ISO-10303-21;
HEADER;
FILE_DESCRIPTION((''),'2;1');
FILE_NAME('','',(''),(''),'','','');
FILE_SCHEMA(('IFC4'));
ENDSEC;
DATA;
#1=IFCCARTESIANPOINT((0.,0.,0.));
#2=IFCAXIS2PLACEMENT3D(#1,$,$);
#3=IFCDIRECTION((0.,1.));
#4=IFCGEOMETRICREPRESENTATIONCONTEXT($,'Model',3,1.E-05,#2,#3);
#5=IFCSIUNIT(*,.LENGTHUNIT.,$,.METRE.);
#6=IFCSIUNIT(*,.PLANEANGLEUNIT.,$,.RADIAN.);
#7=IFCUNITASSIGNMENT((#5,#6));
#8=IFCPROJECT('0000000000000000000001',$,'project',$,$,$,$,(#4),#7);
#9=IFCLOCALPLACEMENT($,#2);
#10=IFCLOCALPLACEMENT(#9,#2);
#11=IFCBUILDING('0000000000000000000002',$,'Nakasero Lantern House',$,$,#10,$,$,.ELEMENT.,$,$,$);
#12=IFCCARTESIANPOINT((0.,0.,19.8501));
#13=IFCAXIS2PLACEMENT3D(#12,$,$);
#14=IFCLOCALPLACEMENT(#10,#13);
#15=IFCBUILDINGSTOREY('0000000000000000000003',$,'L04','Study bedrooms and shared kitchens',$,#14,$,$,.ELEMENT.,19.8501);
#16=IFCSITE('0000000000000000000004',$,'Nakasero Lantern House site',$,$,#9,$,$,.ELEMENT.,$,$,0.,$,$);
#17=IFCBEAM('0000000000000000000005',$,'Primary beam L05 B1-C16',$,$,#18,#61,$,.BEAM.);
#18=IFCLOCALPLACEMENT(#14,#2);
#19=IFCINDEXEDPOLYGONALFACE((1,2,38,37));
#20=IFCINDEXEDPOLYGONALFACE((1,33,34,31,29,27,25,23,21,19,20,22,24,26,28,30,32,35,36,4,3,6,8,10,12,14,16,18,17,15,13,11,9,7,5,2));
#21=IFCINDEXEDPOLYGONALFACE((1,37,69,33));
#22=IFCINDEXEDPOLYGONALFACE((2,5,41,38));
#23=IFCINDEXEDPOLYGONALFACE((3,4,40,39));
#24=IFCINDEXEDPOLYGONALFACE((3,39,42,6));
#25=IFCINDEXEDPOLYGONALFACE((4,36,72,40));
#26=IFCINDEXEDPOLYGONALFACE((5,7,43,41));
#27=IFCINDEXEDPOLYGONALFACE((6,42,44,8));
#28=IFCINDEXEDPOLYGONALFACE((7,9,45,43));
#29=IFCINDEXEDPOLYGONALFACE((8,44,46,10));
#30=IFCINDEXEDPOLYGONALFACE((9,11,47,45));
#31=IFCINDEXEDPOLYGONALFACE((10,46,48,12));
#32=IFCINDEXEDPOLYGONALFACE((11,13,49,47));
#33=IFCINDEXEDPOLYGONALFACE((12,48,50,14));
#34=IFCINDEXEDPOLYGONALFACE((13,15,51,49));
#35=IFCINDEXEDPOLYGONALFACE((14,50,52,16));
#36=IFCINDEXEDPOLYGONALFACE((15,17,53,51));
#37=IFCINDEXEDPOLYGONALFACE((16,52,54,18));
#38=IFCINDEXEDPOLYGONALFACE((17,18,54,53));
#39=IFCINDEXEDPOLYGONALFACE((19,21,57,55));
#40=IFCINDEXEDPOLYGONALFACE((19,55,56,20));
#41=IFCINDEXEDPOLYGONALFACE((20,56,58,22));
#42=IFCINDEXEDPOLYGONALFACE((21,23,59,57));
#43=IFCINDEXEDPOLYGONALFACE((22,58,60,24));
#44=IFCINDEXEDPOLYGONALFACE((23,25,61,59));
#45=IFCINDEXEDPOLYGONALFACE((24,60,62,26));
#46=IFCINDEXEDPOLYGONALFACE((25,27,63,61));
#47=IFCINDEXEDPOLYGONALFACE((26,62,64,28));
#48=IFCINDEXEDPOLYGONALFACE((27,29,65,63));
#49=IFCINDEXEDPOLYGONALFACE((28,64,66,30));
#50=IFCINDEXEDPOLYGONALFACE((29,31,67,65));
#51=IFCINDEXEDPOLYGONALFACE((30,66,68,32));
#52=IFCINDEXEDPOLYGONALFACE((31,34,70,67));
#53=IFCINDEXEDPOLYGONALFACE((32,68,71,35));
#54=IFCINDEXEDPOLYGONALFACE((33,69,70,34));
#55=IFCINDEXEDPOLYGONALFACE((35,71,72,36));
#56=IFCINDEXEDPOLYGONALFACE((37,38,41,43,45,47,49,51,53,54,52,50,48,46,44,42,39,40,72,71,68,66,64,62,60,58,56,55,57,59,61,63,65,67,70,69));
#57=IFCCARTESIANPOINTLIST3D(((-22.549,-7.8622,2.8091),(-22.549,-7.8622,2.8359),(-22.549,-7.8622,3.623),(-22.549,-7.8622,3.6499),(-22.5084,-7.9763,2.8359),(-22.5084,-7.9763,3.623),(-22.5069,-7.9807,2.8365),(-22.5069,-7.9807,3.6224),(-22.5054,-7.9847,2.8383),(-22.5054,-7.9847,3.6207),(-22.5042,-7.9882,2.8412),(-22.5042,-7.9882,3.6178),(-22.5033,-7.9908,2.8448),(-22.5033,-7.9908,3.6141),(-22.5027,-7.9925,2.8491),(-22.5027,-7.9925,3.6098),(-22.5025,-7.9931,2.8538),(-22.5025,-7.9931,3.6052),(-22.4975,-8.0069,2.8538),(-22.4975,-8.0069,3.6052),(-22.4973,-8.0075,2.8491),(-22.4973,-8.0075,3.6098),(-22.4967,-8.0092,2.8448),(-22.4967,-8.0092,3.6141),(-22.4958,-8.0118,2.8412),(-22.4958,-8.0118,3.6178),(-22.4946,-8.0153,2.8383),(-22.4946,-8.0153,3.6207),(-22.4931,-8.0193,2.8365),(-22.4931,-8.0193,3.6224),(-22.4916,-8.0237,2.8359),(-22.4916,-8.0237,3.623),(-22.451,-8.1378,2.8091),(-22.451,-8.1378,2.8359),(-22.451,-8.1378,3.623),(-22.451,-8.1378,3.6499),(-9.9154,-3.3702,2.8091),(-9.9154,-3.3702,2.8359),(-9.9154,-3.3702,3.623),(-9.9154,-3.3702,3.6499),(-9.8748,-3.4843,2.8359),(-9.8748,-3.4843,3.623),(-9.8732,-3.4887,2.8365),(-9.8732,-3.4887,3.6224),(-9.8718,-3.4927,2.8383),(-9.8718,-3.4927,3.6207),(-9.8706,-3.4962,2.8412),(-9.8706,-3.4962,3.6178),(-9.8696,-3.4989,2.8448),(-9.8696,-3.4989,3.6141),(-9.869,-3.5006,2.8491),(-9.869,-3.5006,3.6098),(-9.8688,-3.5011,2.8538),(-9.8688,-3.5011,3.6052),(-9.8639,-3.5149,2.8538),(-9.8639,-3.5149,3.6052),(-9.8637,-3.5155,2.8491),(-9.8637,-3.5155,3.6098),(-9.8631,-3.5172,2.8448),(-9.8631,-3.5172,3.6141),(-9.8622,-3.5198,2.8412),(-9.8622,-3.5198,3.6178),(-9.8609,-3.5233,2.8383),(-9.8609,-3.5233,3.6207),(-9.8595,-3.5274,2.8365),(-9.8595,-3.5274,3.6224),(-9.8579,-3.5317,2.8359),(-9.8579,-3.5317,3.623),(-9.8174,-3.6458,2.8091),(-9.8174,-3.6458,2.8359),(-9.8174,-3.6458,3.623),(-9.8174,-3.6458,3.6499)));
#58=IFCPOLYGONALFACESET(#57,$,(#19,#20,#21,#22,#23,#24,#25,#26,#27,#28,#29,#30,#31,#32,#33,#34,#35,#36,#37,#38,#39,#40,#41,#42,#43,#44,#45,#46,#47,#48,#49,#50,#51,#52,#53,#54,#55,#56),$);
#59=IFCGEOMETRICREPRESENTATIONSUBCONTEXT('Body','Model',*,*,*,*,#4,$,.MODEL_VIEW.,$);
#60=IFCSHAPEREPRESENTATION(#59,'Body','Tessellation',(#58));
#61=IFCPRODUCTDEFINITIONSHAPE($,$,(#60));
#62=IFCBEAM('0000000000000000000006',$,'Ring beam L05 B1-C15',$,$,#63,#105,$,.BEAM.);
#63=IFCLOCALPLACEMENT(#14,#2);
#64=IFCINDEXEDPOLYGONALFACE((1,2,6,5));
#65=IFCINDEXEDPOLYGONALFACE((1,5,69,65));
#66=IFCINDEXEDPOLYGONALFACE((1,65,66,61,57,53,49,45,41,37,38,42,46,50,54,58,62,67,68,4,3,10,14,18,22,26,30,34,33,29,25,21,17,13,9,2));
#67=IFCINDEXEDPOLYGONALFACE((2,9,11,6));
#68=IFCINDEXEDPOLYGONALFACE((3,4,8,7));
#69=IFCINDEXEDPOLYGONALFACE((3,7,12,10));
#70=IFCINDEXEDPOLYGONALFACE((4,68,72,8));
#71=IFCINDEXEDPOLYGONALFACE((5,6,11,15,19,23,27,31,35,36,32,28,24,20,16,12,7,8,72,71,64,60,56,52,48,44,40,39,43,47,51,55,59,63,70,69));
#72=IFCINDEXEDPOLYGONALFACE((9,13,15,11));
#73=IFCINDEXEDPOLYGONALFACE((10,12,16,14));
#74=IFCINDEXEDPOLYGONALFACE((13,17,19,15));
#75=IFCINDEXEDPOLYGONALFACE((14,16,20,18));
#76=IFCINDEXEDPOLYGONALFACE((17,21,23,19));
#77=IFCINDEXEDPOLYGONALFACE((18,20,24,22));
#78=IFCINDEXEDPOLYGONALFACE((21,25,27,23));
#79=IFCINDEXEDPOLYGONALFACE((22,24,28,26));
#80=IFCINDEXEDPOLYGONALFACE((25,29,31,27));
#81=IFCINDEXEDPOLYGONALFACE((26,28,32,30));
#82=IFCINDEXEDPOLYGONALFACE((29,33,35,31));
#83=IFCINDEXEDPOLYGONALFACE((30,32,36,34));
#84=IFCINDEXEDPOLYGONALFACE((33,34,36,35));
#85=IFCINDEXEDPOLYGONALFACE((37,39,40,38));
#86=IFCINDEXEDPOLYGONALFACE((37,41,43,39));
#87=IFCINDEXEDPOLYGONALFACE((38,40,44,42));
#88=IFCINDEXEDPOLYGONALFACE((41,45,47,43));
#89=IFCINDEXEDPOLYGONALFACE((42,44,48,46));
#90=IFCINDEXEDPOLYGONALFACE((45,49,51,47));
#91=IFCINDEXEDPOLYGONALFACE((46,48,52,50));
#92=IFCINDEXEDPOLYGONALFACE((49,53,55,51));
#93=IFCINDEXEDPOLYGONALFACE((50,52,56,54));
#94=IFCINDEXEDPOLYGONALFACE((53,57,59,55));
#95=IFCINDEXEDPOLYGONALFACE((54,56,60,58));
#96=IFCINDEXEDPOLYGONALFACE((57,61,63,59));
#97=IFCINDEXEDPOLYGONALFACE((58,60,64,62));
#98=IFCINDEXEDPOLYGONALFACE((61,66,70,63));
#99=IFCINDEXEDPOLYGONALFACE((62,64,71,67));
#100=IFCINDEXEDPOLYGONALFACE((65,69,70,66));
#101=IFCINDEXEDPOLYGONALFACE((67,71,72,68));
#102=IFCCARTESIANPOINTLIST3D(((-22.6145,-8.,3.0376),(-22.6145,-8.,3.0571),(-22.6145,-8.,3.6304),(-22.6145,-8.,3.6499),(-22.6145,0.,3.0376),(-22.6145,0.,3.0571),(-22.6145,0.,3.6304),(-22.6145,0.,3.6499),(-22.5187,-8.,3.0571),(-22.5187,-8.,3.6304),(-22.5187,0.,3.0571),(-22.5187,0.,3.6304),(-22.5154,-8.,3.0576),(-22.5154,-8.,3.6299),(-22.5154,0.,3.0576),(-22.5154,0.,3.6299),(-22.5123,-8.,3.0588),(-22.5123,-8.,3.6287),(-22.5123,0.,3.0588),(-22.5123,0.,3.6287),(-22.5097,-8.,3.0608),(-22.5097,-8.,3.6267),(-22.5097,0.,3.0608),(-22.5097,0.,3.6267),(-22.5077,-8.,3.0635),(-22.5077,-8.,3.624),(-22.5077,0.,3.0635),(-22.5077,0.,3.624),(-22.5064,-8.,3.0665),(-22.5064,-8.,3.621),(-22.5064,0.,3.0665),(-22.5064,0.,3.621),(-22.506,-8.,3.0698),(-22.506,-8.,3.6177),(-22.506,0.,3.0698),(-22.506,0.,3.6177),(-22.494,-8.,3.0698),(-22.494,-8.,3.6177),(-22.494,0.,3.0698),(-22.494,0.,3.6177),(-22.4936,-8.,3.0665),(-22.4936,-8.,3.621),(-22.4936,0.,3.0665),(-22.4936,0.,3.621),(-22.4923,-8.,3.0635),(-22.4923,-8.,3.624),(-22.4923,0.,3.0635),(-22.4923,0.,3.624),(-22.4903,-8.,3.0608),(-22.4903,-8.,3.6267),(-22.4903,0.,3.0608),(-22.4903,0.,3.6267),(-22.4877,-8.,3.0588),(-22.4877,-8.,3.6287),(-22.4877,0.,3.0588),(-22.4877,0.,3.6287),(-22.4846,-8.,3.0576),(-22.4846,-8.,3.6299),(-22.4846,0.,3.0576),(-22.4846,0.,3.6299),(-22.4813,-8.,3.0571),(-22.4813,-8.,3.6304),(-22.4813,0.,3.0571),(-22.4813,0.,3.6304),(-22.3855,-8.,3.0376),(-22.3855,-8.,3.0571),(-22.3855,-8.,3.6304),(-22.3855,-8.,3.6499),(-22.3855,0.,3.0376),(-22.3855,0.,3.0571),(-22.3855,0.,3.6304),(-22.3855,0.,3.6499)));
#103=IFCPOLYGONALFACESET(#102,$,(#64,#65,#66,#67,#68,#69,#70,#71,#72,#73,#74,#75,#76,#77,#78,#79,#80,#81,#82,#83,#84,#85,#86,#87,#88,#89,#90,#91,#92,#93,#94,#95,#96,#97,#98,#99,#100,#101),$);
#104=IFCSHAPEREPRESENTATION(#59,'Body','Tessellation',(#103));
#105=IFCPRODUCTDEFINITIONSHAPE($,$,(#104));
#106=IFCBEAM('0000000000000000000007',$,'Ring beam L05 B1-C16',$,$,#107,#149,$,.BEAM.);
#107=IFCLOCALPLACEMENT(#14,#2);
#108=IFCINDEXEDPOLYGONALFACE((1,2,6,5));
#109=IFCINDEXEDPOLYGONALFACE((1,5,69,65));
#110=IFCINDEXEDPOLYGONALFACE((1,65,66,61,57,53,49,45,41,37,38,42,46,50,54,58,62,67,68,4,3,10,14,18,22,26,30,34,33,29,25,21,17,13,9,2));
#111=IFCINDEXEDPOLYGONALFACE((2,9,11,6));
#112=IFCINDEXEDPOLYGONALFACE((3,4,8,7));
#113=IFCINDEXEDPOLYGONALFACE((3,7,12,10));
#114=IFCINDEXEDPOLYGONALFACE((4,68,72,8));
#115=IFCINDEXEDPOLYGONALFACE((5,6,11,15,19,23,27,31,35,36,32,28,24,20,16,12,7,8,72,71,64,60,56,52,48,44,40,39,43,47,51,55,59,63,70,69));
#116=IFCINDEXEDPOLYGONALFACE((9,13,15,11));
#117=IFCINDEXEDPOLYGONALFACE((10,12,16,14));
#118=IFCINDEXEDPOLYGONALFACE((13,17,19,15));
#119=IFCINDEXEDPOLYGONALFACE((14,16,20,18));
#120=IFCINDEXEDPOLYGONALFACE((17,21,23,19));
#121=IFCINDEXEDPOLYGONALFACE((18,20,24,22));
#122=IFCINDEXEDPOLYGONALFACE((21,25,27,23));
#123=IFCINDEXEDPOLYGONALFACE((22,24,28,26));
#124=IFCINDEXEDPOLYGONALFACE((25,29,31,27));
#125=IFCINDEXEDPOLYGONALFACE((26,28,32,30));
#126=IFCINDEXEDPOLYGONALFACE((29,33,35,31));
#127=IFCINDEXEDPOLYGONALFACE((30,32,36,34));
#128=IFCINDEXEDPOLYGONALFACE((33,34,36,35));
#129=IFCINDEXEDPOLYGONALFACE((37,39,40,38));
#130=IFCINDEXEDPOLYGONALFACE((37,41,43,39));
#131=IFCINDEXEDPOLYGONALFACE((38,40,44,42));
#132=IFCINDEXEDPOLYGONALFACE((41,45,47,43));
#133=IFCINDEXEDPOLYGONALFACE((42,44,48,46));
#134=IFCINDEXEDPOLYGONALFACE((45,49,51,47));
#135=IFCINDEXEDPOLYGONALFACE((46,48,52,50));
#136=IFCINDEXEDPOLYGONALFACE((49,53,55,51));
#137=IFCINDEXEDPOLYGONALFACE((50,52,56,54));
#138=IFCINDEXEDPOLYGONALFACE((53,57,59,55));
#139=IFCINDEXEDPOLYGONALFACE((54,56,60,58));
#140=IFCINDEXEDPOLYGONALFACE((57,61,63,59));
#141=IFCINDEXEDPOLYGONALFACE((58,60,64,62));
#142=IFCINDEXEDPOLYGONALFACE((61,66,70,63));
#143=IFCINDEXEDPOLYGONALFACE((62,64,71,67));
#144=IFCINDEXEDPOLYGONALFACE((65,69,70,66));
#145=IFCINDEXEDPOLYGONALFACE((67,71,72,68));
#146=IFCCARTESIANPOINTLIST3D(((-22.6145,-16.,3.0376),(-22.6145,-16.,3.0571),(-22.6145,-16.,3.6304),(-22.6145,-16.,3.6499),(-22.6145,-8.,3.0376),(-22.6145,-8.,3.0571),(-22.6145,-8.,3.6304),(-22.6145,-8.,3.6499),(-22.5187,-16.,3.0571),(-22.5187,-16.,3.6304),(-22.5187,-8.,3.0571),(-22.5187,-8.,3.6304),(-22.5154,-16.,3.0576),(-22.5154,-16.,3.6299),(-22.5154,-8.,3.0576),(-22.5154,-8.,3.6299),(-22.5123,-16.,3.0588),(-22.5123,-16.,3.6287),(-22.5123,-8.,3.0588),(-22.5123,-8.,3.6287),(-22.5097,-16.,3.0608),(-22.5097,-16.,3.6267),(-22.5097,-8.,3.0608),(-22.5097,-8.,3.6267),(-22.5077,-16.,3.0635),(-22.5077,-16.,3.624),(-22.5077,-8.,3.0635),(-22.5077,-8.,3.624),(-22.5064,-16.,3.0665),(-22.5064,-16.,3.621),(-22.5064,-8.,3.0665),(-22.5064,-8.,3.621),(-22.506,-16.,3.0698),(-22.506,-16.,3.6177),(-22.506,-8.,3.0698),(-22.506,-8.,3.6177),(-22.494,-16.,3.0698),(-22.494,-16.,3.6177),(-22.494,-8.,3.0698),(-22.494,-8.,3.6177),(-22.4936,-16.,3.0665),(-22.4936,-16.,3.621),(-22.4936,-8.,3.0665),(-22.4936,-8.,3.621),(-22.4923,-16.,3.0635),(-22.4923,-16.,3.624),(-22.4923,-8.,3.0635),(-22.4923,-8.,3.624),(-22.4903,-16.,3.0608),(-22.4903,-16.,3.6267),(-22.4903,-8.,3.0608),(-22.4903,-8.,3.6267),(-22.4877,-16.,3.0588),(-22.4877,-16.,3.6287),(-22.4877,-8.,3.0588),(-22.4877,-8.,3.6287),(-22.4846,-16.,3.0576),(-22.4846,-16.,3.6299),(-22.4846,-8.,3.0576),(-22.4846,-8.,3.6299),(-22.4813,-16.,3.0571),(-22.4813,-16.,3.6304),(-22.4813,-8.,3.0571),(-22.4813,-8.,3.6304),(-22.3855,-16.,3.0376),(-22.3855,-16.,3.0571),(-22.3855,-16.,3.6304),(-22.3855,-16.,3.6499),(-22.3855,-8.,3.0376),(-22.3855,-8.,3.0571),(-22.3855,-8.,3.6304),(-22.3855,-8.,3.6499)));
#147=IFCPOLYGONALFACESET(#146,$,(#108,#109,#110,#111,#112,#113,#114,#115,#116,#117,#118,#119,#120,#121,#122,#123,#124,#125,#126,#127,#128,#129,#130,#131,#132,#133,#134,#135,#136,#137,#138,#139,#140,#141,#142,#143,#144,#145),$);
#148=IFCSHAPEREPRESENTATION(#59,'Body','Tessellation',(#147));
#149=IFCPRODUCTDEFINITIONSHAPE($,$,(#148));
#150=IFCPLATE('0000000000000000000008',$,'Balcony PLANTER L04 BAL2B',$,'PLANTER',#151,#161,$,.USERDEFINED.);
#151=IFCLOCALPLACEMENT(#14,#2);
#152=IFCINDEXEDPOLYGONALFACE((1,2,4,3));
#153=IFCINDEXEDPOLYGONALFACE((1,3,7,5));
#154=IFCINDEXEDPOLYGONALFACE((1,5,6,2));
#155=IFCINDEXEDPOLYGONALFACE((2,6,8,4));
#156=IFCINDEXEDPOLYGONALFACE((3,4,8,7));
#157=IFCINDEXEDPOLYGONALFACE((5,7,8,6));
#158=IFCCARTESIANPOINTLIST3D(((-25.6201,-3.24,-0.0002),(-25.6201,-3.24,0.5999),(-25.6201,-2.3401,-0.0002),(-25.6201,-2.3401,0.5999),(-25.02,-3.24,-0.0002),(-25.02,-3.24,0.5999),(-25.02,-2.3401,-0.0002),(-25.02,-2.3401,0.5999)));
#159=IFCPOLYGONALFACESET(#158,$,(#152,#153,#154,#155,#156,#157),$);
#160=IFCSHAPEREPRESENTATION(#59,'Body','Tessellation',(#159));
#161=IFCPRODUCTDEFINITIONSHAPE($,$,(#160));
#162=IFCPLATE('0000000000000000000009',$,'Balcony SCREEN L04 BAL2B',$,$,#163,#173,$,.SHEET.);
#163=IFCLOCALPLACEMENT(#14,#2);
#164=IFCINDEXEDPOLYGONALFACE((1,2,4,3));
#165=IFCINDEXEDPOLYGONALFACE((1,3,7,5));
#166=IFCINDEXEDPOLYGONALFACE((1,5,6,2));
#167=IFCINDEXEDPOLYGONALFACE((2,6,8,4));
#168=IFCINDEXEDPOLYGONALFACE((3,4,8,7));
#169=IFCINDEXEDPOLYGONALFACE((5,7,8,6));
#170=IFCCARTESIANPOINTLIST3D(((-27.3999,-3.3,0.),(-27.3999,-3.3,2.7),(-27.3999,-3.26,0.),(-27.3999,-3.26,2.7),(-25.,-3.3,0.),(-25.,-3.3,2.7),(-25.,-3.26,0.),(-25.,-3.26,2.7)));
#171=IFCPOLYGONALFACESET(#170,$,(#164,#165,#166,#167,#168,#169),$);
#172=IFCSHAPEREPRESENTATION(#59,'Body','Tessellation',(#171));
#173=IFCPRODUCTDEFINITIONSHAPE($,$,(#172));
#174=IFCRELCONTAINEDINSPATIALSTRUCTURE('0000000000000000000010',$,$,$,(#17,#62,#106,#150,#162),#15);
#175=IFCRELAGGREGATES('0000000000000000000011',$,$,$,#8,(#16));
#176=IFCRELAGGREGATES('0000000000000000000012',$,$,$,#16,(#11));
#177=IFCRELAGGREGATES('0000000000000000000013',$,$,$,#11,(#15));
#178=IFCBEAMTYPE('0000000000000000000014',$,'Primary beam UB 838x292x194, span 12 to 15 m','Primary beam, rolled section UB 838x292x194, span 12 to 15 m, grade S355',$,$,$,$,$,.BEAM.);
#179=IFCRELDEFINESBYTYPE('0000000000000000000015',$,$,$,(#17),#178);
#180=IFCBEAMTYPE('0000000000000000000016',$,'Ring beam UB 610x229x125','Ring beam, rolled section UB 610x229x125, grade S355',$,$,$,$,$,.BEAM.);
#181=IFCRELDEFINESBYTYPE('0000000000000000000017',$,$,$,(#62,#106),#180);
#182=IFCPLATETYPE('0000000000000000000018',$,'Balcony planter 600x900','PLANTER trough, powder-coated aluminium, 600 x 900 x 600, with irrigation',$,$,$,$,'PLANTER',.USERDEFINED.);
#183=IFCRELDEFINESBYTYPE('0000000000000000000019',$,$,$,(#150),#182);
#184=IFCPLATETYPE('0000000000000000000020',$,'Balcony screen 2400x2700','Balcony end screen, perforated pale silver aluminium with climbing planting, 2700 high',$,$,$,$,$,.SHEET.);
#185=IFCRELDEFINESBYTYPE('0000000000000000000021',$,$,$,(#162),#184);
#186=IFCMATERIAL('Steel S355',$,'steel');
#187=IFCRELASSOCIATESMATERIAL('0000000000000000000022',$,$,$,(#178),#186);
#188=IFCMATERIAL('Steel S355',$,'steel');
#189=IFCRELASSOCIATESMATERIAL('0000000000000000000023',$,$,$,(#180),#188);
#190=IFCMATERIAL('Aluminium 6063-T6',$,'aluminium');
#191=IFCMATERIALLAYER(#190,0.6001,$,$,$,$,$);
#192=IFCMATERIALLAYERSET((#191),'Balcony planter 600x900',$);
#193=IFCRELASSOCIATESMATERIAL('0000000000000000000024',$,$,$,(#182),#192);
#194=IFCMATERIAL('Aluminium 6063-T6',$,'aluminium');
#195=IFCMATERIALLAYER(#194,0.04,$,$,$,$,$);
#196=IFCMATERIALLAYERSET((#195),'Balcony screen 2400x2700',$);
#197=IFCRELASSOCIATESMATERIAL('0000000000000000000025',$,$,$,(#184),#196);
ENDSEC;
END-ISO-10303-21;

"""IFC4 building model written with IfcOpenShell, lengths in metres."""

from ifc_helpers import new_model, si_unit, direction, frame, origin, origin_2d, place, context, subcontext, project, spatial, rectangle, i_section, extrude, material, layer, layer_set, material_profile, profile_set, type_object, element, save


model = new_model("IFC4")

# Units and contexts
model_context = context("Model", 3, precision=1e-05, world=origin(), true_north=direction((0.0, 1.0)))
body_context = subcontext(model_context, "Body", "Model", "MODEL_VIEW")
ifc_project = project(units=[si_unit("LENGTHUNIT", "METRE"), si_unit("PLANEANGLEUNIT", "RADIAN")], contexts=[model_context])

# Site, building, storey
site_placement = place(None, origin())
site = spatial("IfcSite", under=ifc_project, at=site_placement, Name="Nakasero Lantern House site", CompositionType="ELEMENT", RefElevation=0.0)
building_placement = place(site_placement, origin())
building = spatial("IfcBuilding", under=site, at=building_placement, Name="Nakasero Lantern House", CompositionType="ELEMENT")
storey_placement = place(building_placement, frame((0.0, 0.0, 19.8501)))
storey = spatial("IfcBuildingStorey", under=building, at=storey_placement, Name="L04", Description="Study bedrooms and shared kitchens", CompositionType="ELEMENT", Elevation=19.8501)

# Beams
ifc_material_1 = material(Name="Steel S355", Category="steel")
ifc_material_profile_1 = material_profile(ifc_material_1, i_section(OverallWidth=0.2925, OverallDepth=0.8408, WebThickness=0.0146, FlangeThickness=0.0269, FilletRadius=0.0178, at=origin_2d()), Name="UB 838x292x194")
ifc_profile_set_1 = profile_set([ifc_material_profile_1], Name="Steel S355")
beam_type_1 = type_object("IfcBeamType", Name="Primary beam UB 838x292x194, span 12 to 15 m", Description="Primary beam, rolled section UB 838x292x194, span 12 to 15 m, grade S355", PredefinedType="BEAM", material=ifc_profile_set_1)
beam_1_placement = place(storey_placement, frame((-22.5, -8.0, 3.2295), z_axis=(0.942214, 0.335011, 0.0), x_axis=(-0.335011, 0.942214, 0.0)))
element("IfcBeam", 1, at=beam_1_placement, inside=storey, type_object=beam_type_1, Name="Primary beam L05 B1-C16", PredefinedType="BEAM", context=body_context, shape_type="SweptSolid", body=[
    extrude(i_section(OverallWidth=0.2925, OverallDepth=0.8408, WebThickness=0.0146, FlangeThickness=0.0269, FilletRadius=0.0178, at=origin_2d()), origin(), (0.0, 0.0, 1.0), 13.4084),
])
ifc_material_2 = material(Name="Steel S355", Category="steel")
ifc_material_profile_2 = material_profile(ifc_material_2, i_section(OverallWidth=0.229, OverallDepth=0.6123, WebThickness=0.012, FlangeThickness=0.0195, FilletRadius=0.0127, at=origin_2d()), Name="UB 610x229x125")
ifc_profile_set_2 = profile_set([ifc_material_profile_2], Name="Steel S355")
beam_type_2 = type_object("IfcBeamType", Name="Ring beam UB 610x229x125", Description="Ring beam, rolled section UB 610x229x125, grade S355", PredefinedType="BEAM", material=ifc_profile_set_2)
for number, where, z_axis, x_axis, name in (
    (2, (-22.5, 0.0, 3.3438), (0.0, -1.0, 0.0), (1.0, 0.0, 0.0), "Ring beam L05 B1-C15"),
    (3, (-22.5, -8.0, 3.3438), (0.0, -1.0, 0.0), (1.0, 0.0, 0.0), "Ring beam L05 B1-C16"),
):
    element("IfcBeam", number, at=place(storey_placement, frame(where, z_axis=z_axis, x_axis=x_axis)), inside=storey, type_object=beam_type_2, Name=name, PredefinedType="BEAM", context=body_context, shape_type="SweptSolid", body=[
        extrude(i_section(OverallWidth=0.229, OverallDepth=0.6123, WebThickness=0.012, FlangeThickness=0.0195, FilletRadius=0.0127, at=origin_2d()), origin(), (0.0, 0.0, 1.0), 8.0),
    ])

# Plates
ifc_material_3 = material(Name="Aluminium 6063-T6", Category="aluminium")
ifc_layer_1 = layer(ifc_material_3, 0.6001)
ifc_layer_set_1 = layer_set([ifc_layer_1], Name="Balcony planter 600x900")
plate_type_1 = type_object("IfcPlateType", Name="Balcony planter 600x900", Description="PLANTER trough, powder-coated aluminium, 600 x 900 x 600, with irrigation", ElementType="PLANTER", PredefinedType="USERDEFINED", material=ifc_layer_set_1)
plate_1_placement = place(storey_placement, frame((-25.3201, -2.79, -0.0002), z_axis=(0.0, 0.0, 1.0), x_axis=(-1.0, 0.0, 0.0)))
element("IfcPlate", 4, at=plate_1_placement, inside=storey, type_object=plate_type_1, Name="Balcony PLANTER L04 BAL2B", ObjectType="PLANTER", PredefinedType="USERDEFINED", context=body_context, shape_type="SweptSolid", body=[
    extrude(rectangle(XDim=0.6001, YDim=0.8999, at=origin_2d()), origin(), (0.0, 0.0, 1.0), 0.6001),
])
ifc_material_4 = material(Name="Aluminium 6063-T6", Category="aluminium")
ifc_layer_2 = layer(ifc_material_4, 0.04)
ifc_layer_set_2 = layer_set([ifc_layer_2], Name="Balcony screen 2400x2700")
plate_type_2 = type_object("IfcPlateType", Name="Balcony screen 2400x2700", Description="Balcony end screen, perforated pale silver aluminium with climbing planting, 2700 high", PredefinedType="SHEET", material=ifc_layer_set_2)
plate_2_placement = place(storey_placement, frame((-26.2, -3.28, 0.0), z_axis=(0.0, 0.0, 1.0), x_axis=(-1.0, 0.0, 0.0)))
element("IfcPlate", 5, at=plate_2_placement, inside=storey, type_object=plate_type_2, Name="Balcony SCREEN L04 BAL2B", PredefinedType="SHEET", context=body_context, shape_type="SweptSolid", body=[
    extrude(rectangle(XDim=2.3999, YDim=0.04, at=origin_2d()), origin(), (0.0, 0.0, 1.0), 2.7),
])

save(model, "model.ifc")
